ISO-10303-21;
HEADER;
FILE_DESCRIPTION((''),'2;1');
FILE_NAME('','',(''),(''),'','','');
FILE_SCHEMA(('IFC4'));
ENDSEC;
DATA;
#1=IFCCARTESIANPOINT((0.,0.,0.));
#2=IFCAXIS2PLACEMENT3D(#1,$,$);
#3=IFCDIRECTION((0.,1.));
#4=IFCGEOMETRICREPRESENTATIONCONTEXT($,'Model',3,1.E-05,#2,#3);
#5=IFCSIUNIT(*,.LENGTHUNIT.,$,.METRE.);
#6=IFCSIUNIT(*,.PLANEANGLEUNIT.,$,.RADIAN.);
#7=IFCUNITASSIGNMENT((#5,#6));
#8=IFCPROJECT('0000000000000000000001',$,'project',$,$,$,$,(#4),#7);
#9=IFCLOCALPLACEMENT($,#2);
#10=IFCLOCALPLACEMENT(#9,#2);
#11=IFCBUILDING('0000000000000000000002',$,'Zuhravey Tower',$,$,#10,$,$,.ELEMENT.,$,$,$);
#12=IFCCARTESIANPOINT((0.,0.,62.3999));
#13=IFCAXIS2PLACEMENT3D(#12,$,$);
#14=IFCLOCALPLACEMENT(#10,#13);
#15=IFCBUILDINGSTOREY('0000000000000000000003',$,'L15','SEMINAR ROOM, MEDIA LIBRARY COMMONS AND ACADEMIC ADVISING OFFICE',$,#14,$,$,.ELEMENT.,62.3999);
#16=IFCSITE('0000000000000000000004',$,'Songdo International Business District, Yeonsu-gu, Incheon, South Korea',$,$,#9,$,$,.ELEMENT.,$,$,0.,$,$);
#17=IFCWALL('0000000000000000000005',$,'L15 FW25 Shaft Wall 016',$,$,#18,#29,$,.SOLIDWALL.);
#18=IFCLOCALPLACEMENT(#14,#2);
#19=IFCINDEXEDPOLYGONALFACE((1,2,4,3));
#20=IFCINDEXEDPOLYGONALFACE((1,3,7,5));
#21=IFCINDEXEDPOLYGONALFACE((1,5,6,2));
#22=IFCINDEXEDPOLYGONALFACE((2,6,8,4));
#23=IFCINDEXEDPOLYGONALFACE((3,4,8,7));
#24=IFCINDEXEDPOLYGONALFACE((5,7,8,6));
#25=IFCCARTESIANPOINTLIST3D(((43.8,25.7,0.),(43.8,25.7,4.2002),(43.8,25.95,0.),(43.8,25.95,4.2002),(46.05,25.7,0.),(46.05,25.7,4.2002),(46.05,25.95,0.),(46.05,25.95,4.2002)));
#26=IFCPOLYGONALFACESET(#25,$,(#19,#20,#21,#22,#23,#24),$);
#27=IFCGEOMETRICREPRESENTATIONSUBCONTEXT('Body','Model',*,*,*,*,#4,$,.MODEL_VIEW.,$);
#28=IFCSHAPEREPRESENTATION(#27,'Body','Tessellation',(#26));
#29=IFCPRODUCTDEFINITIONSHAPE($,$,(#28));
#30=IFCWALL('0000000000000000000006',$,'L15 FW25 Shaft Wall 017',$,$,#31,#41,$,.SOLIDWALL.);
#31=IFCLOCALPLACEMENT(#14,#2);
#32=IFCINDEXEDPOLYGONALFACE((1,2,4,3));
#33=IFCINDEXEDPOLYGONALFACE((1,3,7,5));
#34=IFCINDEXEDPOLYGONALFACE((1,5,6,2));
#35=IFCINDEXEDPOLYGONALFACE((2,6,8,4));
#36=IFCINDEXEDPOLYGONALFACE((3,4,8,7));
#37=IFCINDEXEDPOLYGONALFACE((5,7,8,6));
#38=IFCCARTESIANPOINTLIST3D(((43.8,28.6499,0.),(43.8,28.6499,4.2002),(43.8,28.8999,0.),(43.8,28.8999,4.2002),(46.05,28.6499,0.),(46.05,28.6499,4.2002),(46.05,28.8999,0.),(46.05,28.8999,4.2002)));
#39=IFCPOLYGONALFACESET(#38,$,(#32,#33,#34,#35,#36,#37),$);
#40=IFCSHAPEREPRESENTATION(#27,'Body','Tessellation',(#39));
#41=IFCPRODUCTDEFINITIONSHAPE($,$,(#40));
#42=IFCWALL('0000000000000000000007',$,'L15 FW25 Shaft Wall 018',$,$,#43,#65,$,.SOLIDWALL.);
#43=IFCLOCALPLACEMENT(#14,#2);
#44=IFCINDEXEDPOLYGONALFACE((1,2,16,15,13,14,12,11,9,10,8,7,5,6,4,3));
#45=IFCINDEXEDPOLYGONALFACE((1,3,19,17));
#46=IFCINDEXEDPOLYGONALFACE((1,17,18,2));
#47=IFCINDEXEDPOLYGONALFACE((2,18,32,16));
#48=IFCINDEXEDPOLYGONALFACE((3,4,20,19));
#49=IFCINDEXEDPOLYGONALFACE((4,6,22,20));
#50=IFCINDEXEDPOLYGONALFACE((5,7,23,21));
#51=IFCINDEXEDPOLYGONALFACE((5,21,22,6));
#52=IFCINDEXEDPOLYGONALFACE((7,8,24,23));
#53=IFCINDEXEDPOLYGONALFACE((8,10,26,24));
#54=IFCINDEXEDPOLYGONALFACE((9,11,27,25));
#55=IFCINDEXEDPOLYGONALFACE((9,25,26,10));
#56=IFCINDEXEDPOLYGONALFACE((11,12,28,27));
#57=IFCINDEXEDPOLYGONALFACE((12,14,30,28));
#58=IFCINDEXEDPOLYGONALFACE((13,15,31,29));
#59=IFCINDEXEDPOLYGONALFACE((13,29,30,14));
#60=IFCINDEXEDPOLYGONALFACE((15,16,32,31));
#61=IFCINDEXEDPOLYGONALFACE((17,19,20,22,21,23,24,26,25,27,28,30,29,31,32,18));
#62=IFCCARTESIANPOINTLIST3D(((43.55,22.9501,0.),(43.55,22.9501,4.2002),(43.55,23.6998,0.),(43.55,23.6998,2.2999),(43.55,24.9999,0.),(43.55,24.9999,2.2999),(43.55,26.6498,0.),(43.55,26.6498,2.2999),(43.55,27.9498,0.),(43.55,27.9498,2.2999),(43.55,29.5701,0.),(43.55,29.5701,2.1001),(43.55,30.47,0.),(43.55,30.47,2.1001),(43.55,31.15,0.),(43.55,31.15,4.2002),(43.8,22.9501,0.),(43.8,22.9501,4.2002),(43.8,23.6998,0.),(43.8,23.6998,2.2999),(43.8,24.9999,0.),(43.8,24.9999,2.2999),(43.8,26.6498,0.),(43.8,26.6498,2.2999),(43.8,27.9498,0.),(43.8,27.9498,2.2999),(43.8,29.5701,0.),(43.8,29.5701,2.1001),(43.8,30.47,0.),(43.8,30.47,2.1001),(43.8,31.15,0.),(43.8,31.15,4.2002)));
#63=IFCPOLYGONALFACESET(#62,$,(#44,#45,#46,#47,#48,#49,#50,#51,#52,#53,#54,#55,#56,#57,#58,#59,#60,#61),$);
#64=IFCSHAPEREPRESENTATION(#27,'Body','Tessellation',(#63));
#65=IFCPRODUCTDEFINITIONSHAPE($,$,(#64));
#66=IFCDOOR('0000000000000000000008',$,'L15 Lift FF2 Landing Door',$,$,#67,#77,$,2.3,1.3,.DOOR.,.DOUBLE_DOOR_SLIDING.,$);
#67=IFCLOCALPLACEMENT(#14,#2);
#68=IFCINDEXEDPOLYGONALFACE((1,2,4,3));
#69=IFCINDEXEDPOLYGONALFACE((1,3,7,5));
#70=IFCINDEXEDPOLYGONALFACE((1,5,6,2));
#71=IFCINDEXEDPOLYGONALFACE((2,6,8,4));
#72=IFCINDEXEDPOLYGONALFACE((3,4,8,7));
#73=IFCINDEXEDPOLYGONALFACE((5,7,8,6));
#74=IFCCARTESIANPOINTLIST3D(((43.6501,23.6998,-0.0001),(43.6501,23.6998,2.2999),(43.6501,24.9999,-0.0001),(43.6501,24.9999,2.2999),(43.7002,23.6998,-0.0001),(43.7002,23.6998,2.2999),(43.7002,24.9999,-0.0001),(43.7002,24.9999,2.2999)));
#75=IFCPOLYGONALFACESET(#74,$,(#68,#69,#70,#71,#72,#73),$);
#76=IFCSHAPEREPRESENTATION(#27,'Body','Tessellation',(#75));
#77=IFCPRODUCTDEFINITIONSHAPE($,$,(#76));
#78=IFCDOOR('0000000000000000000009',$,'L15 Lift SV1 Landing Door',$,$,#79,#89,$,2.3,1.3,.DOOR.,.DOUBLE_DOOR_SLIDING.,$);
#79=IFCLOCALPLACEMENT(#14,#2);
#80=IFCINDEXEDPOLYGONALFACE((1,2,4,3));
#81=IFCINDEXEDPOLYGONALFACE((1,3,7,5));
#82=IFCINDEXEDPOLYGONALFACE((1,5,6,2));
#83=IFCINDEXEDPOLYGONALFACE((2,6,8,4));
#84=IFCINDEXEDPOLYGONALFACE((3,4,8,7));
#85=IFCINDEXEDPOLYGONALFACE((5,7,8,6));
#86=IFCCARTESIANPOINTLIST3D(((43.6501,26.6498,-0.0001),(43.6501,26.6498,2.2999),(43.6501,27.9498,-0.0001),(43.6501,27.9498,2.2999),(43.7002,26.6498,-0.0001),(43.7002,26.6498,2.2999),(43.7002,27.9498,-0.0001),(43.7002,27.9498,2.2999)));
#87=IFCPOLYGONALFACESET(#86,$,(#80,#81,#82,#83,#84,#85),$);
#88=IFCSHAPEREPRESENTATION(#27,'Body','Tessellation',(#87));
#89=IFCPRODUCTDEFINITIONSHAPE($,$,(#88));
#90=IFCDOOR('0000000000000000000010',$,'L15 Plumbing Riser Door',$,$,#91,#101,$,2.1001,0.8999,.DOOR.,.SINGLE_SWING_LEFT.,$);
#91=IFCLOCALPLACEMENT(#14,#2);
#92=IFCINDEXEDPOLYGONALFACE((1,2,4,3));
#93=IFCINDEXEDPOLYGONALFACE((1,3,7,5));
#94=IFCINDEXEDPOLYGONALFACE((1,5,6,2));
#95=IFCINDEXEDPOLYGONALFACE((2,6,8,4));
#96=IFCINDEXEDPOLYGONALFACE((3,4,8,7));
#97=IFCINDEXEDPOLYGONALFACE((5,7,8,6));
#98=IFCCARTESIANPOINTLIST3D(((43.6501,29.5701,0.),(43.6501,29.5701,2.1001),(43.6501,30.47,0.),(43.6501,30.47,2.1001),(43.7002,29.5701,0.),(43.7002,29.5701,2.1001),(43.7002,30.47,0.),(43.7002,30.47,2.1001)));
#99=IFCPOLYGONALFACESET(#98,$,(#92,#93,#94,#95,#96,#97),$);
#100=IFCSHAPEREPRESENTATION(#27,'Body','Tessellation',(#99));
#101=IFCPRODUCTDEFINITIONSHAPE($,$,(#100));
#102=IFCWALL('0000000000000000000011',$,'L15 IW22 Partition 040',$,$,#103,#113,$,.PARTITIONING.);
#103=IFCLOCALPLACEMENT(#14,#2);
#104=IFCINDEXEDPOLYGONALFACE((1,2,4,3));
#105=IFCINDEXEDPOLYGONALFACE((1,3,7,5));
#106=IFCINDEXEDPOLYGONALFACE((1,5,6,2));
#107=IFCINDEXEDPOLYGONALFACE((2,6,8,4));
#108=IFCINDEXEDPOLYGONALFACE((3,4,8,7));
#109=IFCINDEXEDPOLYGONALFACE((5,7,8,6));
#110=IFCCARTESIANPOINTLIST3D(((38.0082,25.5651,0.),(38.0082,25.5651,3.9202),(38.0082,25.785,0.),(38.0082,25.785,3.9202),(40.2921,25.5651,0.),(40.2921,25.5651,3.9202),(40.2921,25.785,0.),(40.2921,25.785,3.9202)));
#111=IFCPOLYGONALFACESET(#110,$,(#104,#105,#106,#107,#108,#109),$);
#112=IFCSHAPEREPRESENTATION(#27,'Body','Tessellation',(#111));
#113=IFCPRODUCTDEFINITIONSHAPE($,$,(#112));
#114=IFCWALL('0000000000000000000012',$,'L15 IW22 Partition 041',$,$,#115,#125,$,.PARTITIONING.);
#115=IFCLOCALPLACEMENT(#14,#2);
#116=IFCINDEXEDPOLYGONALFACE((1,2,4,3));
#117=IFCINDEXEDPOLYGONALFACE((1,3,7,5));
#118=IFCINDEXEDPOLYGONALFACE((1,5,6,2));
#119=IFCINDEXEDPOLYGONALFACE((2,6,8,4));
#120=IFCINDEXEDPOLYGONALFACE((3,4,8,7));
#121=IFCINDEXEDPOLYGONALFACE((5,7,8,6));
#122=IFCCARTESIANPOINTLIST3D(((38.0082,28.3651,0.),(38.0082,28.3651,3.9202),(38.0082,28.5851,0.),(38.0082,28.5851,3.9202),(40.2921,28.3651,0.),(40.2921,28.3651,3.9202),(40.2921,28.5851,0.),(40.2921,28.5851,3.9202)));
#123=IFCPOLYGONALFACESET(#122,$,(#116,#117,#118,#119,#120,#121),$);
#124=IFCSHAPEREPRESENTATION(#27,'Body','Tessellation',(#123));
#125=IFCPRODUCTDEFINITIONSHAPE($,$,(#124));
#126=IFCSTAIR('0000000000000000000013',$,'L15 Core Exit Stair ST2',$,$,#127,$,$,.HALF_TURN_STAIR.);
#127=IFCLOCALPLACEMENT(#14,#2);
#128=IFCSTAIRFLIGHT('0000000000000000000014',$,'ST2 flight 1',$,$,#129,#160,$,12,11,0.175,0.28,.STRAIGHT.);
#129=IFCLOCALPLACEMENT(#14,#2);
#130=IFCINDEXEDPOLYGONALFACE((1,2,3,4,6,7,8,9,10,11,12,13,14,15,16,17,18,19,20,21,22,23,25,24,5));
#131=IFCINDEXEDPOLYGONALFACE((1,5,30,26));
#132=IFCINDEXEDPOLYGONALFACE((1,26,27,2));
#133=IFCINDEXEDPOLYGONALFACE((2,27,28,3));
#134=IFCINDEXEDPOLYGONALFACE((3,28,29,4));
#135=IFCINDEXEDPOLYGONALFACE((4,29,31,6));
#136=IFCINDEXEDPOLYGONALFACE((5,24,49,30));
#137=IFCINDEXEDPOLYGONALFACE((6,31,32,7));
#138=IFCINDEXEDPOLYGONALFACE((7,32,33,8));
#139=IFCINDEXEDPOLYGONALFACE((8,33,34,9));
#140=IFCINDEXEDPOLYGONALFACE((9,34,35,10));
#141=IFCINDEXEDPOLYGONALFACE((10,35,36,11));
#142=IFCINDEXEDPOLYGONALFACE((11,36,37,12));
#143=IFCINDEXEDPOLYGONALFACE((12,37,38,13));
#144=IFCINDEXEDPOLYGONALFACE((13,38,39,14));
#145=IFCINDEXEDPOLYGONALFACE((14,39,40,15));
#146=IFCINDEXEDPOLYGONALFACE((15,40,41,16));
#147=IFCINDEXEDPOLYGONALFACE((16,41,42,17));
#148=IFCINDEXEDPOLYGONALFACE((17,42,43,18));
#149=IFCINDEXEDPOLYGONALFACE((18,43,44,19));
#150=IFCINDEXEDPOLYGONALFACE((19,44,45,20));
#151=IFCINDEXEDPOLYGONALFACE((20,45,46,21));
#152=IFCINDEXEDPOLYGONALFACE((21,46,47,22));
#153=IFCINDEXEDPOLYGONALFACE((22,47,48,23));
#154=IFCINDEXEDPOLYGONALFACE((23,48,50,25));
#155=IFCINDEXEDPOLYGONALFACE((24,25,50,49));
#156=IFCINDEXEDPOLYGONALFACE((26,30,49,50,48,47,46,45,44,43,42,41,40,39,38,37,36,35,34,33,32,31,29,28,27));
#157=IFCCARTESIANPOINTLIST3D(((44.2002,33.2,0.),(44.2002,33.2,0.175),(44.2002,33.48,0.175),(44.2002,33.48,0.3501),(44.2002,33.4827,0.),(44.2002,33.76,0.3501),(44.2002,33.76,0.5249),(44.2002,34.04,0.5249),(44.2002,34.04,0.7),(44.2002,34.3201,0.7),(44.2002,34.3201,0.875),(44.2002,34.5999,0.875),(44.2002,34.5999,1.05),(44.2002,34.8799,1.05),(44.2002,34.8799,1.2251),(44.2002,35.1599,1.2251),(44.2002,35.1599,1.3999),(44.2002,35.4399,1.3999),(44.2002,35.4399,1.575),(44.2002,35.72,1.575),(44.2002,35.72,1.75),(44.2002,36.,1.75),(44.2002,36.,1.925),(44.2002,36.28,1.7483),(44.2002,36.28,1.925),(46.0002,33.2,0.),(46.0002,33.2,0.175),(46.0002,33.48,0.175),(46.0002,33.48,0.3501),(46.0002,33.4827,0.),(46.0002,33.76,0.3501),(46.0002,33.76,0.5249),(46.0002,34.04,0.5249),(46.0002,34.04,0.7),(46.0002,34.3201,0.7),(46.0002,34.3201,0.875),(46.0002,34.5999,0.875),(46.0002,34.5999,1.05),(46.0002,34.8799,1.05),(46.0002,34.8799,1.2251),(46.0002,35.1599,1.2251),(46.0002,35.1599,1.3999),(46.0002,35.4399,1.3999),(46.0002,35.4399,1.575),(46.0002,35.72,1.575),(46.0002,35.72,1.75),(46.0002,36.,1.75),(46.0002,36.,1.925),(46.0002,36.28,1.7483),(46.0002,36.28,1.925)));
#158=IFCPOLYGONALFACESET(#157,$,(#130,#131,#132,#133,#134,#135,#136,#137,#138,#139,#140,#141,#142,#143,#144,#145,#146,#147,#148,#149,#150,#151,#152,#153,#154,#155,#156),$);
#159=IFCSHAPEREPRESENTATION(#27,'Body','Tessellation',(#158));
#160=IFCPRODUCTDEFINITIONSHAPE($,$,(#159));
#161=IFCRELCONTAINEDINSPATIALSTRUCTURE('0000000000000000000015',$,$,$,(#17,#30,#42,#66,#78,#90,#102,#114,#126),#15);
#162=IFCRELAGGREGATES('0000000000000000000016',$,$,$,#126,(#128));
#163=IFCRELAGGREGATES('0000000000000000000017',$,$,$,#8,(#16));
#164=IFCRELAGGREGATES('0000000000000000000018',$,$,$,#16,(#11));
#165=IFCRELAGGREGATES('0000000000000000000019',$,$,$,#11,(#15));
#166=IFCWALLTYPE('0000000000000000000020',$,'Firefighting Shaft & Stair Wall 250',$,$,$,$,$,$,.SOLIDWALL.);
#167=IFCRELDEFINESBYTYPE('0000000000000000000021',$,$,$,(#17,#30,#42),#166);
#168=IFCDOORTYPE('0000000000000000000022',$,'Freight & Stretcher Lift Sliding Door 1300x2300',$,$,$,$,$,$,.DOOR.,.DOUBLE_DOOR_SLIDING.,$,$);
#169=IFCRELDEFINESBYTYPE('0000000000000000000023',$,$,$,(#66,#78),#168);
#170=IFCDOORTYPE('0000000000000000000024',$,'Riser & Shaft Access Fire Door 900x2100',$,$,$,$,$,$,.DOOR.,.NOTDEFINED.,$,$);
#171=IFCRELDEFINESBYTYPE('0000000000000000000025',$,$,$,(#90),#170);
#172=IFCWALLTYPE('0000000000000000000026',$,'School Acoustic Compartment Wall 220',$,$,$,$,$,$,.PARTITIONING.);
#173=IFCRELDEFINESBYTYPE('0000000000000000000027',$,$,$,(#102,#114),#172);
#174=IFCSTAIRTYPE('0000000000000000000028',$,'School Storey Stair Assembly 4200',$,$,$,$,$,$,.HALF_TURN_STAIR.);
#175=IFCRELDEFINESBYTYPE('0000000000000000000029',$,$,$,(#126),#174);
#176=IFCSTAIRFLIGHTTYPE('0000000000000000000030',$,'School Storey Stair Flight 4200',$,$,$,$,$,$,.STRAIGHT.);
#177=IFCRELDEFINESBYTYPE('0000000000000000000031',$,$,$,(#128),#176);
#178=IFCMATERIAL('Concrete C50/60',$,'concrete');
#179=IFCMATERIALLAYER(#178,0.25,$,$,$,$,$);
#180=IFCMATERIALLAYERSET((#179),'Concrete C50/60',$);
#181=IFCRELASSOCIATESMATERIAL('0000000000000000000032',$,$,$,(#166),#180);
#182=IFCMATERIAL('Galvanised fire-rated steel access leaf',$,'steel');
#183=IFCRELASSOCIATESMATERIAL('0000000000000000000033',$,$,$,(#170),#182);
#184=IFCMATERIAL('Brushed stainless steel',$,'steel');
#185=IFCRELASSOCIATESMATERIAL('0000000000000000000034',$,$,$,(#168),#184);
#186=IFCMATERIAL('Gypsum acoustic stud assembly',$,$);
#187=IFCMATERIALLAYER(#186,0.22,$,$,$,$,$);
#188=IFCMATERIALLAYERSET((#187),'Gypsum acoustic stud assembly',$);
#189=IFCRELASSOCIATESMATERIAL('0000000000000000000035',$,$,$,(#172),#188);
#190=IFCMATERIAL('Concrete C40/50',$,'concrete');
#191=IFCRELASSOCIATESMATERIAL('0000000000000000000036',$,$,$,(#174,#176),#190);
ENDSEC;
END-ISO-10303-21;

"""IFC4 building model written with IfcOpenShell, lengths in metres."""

from ifc_helpers import new_model, si_unit, direction, frame, frame_2d, origin, place, context, subcontext, project, spatial, polyline, rectangle, outline, extrude, material, layer, layer_set, type_object, element, fill, aggregate, save


model = new_model("IFC4")

# Units and contexts
model_context = context("Model", 3, precision=1e-05, world=origin(), true_north=direction((0.0, 1.0)))
body_context = subcontext(model_context, "Body", "Model", "MODEL_VIEW")
ifc_project = project(units=[si_unit("LENGTHUNIT", "METRE"), si_unit("PLANEANGLEUNIT", "RADIAN")], contexts=[model_context])

# Site, building, storey
site_placement = place(None, origin())
site = spatial("IfcSite", under=ifc_project, at=site_placement, Name="Songdo International Business District, Yeonsu-gu, Incheon, South Korea", CompositionType="ELEMENT", RefElevation=0.0)
building_placement = place(site_placement, origin())
building = spatial("IfcBuilding", under=site, at=building_placement, Name="Zuhravey Tower", CompositionType="ELEMENT")
storey_placement = place(building_placement, frame((0.0, 0.0, 62.3999)))
storey = spatial("IfcBuildingStorey", under=building, at=storey_placement, Name="L15", Description="SEMINAR ROOM, MEDIA LIBRARY COMMONS AND ACADEMIC ADVISING OFFICE", CompositionType="ELEMENT", Elevation=62.3999)

# Shared definitions
ifc_material_1 = material(Name="Concrete C50/60", Category="concrete")
ifc_layer_1 = layer(ifc_material_1, 0.25)
ifc_layer_set_1 = layer_set([ifc_layer_1], Name="Concrete C50/60")
wall_type_1 = type_object("IfcWallType", Name="Firefighting Shaft & Stair Wall 250", PredefinedType="SOLIDWALL", material=ifc_layer_set_1)

# Shared definitions
ifc_material_2 = material(Name="Galvanised fire-rated steel access leaf", Category="steel")
door_type_1 = type_object("IfcDoorType", Name="Riser & Shaft Access Fire Door 900x2100", OperationType="NOTDEFINED", PredefinedType="DOOR", material=ifc_material_2)

# Walls
for number, where, z_axis, x_axis, name in (
    (1, (43.8, 25.825, 0.0), (0.0, 0.0, 1.0), (1.0, 0.0, 0.0), "L15 FW25 Shaft Wall 016"),
    (2, (43.8, 28.7749, 0.0), (0.0, 0.0, 1.0), (1.0, 0.0, 0.0), "L15 FW25 Shaft Wall 017"),
):
    element("IfcWall", number, at=place(storey_placement, frame(where, z_axis=z_axis, x_axis=x_axis)), inside=storey, type_object=wall_type_1, Name=name, PredefinedType="SOLIDWALL", context=body_context, shape_type="SweptSolid", body=[
        extrude(rectangle(XDim=2.25, YDim=0.25, at=frame_2d((1.125, 0.0))), origin(), (0.0, 0.0, 1.0), 4.2002),
    ])

# Wall, openings, doors
wall_1_placement = place(storey_placement, frame((43.675, 22.95, 0.0), z_axis=(0.0, 0.0, 1.0), x_axis=(0.0, 1.0, 0.0)))
wall_1 = element("IfcWall", 3, at=wall_1_placement, inside=storey, type_object=wall_type_1, Name="L15 FW25 Shaft Wall 018", PredefinedType="SOLIDWALL", context=body_context, shape_type="SweptSolid", body=[
    extrude(rectangle(XDim=8.2, YDim=0.25, at=frame_2d((4.1001, 0.0))), origin(), (0.0, 0.0, 1.0), 4.2002),
])
opening_1_placement = place(wall_1_placement, frame((0.75, 0.0, 0.0)))
opening_1 = element("IfcOpeningElement", 4, at=opening_1_placement, cuts=wall_1, PredefinedType="OPENING", context=body_context, shape_type="SweptSolid", body=[
    extrude(rectangle(XDim=1.3, YDim=2.3, at=frame_2d((0.6499, 1.1499))), frame((0.0, 0.137, 0.0), z_axis=(0.0, -1.0, 0.0), x_axis=(1.0, 0.0, 0.0)), (0.0, 0.0, 1.0), 0.2739),
])
opening_2_placement = place(wall_1_placement, frame((3.7, 0.0, 0.0)))
opening_2 = element("IfcOpeningElement", 5, at=opening_2_placement, cuts=wall_1, PredefinedType="OPENING", context=body_context, shape_type="SweptSolid", body=[
    extrude(rectangle(XDim=1.3, YDim=2.3, at=frame_2d((0.6499, 1.1499))), frame((0.0, 0.137, 0.0), z_axis=(0.0, -1.0, 0.0), x_axis=(1.0, 0.0, 0.0)), (0.0, 0.0, 1.0), 0.2739),
])
opening_3_placement = place(wall_1_placement, frame((6.6201, 0.0, 0.0)))
opening_3 = element("IfcOpeningElement", 6, at=opening_3_placement, cuts=wall_1, PredefinedType="OPENING", context=body_context, shape_type="SweptSolid", body=[
    extrude(rectangle(XDim=0.8999, YDim=2.1001, at=frame_2d((0.45, 1.05))), frame((0.0, 0.137, 0.0), z_axis=(0.0, -1.0, 0.0), x_axis=(1.0, 0.0, 0.0)), (0.0, 0.0, 1.0), 0.2739),
])
ifc_material_3 = material(Name="Brushed stainless steel", Category="steel")
door_type_2 = type_object("IfcDoorType", Name="Freight & Stretcher Lift Sliding Door 1300x2300", OperationType="DOUBLE_DOOR_SLIDING", PredefinedType="DOOR", material=ifc_material_3)
door_1_placement = place(opening_1_placement, origin())
door_1 = element("IfcDoor", 7, at=door_1_placement, inside=storey, type_object=door_type_2, Name="L15 Lift FF2 Landing Door", OperationType="DOUBLE_DOOR_SLIDING", OverallHeight=2.3, OverallWidth=1.3, PredefinedType="DOOR", context=body_context, shape_type="SweptSolid", body=[
    extrude(rectangle(XDim=1.3, YDim=2.3, at=frame_2d((0.6499, 1.1499))), frame((0.0, 0.0249, 0.0), z_axis=(0.0, -1.0, 0.0), x_axis=(1.0, 0.0, 0.0)), (0.0, 0.0, 1.0), 0.05),
])
fill(opening_1, door_1)
door_2_placement = place(opening_2_placement, origin())
door_2 = element("IfcDoor", 8, at=door_2_placement, inside=storey, type_object=door_type_2, Name="L15 Lift SV1 Landing Door", OperationType="DOUBLE_DOOR_SLIDING", OverallHeight=2.3, OverallWidth=1.3, PredefinedType="DOOR", context=body_context, shape_type="SweptSolid", body=[
    extrude(rectangle(XDim=1.3, YDim=2.3, at=frame_2d((0.6499, 1.1499))), frame((0.0, 0.0249, 0.0), z_axis=(0.0, -1.0, 0.0), x_axis=(1.0, 0.0, 0.0)), (0.0, 0.0, 1.0), 0.05),
])
fill(opening_2, door_2)
door_3_placement = place(opening_3_placement, origin())
door_3 = element("IfcDoor", 9, at=door_3_placement, inside=storey, type_object=door_type_1, Name="L15 Plumbing Riser Door", OperationType="SINGLE_SWING_LEFT", OverallHeight=2.1001, OverallWidth=0.8999, PredefinedType="DOOR", context=body_context, shape_type="SweptSolid", body=[
    extrude(rectangle(XDim=0.8999, YDim=2.1001, at=frame_2d((0.45, 1.05))), frame((0.0, 0.0249, 0.0), z_axis=(0.0, -1.0, 0.0), x_axis=(1.0, 0.0, 0.0)), (0.0, 0.0, 1.0), 0.05),
])
fill(opening_3, door_3)

# Walls
ifc_material_4 = material(Name="Gypsum acoustic stud assembly")
ifc_layer_2 = layer(ifc_material_4, 0.22)
ifc_layer_set_2 = layer_set([ifc_layer_2], Name="Gypsum acoustic stud assembly")
wall_type_2 = type_object("IfcWallType", Name="School Acoustic Compartment Wall 220", PredefinedType="PARTITIONING", material=ifc_layer_set_2)
for number, where, z_axis, x_axis, name in (
    (10, (38.0081, 25.675, 0.0), (0.0, 0.0, 1.0), (1.0, 0.0, 0.0), "L15 IW22 Partition 040"),
    (11, (38.0081, 28.4751, 0.0), (0.0, 0.0, 1.0), (1.0, 0.0, 0.0), "L15 IW22 Partition 041"),
):
    element("IfcWall", number, at=place(storey_placement, frame(where, z_axis=z_axis, x_axis=x_axis)), inside=storey, type_object=wall_type_2, Name=name, PredefinedType="PARTITIONING", context=body_context, shape_type="SweptSolid", body=[
        extrude(rectangle(XDim=2.2839, YDim=0.22, at=frame_2d((1.1421, 0.0))), origin(), (0.0, 0.0, 1.0), 3.9202),
    ])

# Stair, stair flight
ifc_material_5 = material(Name="Concrete C40/50", Category="concrete")
stair_type = type_object("IfcStairType", Name="School Storey Stair Assembly 4200", PredefinedType="HALF_TURN_STAIR", material=ifc_material_5)
stair_placement = place(storey_placement, origin())
stair = element("IfcStair", 12, at=stair_placement, inside=storey, type_object=stair_type, Name="L15 Core Exit Stair ST2", PredefinedType="HALF_TURN_STAIR")
stair_flight_type = type_object("IfcStairFlightType", Name="School Storey Stair Flight 4200", PredefinedType="STRAIGHT", material=ifc_material_5)
stair_flight_placement = place(storey_placement, frame((45.1001, 33.2, 0.0), z_axis=(0.0, 0.0, 1.0), x_axis=(0.0, 1.0, 0.0)))
stair_flight = element("IfcStairFlight", 13, at=stair_flight_placement, type_object=stair_flight_type, Name="ST2 flight 1", NumberOfRisers=12, NumberOfTreads=11, PredefinedType="STRAIGHT", RiserHeight=0.175, TreadLength=0.28, context=body_context, shape_type="SweptSolid", body=[
    extrude(outline(polyline([(0.0, 0.0), (0.0, 0.175), (0.28, 0.175), (0.28, 0.3501), (0.5601, 0.3501), (0.5601, 0.5249), (0.8401, 0.5249), (0.8401, 0.7), (1.1201, 0.7), (1.1201, 0.875), (1.3999, 0.875), (1.3999, 1.05), (1.6799, 1.05), (1.6799, 1.2251), (1.96, 1.2251), (1.96, 1.3999), (2.24, 1.3999), (2.24, 1.575), (2.52, 1.575), (2.52, 1.75), (2.8, 1.75), (2.8, 1.925), (3.0801, 1.925), (3.0801, 2.1001), (3.0801, 1.7483), (0.2827, 0.0), (0.0, 0.0)])), frame((0.0, 0.8999, 0.0), z_axis=(0.0, -1.0, 0.0), x_axis=(1.0, 0.0, 0.0)), (0.0, 0.0, 1.0), 1.8),
])
aggregate(stair, [stair_flight])

save(model, "model.ifc")
